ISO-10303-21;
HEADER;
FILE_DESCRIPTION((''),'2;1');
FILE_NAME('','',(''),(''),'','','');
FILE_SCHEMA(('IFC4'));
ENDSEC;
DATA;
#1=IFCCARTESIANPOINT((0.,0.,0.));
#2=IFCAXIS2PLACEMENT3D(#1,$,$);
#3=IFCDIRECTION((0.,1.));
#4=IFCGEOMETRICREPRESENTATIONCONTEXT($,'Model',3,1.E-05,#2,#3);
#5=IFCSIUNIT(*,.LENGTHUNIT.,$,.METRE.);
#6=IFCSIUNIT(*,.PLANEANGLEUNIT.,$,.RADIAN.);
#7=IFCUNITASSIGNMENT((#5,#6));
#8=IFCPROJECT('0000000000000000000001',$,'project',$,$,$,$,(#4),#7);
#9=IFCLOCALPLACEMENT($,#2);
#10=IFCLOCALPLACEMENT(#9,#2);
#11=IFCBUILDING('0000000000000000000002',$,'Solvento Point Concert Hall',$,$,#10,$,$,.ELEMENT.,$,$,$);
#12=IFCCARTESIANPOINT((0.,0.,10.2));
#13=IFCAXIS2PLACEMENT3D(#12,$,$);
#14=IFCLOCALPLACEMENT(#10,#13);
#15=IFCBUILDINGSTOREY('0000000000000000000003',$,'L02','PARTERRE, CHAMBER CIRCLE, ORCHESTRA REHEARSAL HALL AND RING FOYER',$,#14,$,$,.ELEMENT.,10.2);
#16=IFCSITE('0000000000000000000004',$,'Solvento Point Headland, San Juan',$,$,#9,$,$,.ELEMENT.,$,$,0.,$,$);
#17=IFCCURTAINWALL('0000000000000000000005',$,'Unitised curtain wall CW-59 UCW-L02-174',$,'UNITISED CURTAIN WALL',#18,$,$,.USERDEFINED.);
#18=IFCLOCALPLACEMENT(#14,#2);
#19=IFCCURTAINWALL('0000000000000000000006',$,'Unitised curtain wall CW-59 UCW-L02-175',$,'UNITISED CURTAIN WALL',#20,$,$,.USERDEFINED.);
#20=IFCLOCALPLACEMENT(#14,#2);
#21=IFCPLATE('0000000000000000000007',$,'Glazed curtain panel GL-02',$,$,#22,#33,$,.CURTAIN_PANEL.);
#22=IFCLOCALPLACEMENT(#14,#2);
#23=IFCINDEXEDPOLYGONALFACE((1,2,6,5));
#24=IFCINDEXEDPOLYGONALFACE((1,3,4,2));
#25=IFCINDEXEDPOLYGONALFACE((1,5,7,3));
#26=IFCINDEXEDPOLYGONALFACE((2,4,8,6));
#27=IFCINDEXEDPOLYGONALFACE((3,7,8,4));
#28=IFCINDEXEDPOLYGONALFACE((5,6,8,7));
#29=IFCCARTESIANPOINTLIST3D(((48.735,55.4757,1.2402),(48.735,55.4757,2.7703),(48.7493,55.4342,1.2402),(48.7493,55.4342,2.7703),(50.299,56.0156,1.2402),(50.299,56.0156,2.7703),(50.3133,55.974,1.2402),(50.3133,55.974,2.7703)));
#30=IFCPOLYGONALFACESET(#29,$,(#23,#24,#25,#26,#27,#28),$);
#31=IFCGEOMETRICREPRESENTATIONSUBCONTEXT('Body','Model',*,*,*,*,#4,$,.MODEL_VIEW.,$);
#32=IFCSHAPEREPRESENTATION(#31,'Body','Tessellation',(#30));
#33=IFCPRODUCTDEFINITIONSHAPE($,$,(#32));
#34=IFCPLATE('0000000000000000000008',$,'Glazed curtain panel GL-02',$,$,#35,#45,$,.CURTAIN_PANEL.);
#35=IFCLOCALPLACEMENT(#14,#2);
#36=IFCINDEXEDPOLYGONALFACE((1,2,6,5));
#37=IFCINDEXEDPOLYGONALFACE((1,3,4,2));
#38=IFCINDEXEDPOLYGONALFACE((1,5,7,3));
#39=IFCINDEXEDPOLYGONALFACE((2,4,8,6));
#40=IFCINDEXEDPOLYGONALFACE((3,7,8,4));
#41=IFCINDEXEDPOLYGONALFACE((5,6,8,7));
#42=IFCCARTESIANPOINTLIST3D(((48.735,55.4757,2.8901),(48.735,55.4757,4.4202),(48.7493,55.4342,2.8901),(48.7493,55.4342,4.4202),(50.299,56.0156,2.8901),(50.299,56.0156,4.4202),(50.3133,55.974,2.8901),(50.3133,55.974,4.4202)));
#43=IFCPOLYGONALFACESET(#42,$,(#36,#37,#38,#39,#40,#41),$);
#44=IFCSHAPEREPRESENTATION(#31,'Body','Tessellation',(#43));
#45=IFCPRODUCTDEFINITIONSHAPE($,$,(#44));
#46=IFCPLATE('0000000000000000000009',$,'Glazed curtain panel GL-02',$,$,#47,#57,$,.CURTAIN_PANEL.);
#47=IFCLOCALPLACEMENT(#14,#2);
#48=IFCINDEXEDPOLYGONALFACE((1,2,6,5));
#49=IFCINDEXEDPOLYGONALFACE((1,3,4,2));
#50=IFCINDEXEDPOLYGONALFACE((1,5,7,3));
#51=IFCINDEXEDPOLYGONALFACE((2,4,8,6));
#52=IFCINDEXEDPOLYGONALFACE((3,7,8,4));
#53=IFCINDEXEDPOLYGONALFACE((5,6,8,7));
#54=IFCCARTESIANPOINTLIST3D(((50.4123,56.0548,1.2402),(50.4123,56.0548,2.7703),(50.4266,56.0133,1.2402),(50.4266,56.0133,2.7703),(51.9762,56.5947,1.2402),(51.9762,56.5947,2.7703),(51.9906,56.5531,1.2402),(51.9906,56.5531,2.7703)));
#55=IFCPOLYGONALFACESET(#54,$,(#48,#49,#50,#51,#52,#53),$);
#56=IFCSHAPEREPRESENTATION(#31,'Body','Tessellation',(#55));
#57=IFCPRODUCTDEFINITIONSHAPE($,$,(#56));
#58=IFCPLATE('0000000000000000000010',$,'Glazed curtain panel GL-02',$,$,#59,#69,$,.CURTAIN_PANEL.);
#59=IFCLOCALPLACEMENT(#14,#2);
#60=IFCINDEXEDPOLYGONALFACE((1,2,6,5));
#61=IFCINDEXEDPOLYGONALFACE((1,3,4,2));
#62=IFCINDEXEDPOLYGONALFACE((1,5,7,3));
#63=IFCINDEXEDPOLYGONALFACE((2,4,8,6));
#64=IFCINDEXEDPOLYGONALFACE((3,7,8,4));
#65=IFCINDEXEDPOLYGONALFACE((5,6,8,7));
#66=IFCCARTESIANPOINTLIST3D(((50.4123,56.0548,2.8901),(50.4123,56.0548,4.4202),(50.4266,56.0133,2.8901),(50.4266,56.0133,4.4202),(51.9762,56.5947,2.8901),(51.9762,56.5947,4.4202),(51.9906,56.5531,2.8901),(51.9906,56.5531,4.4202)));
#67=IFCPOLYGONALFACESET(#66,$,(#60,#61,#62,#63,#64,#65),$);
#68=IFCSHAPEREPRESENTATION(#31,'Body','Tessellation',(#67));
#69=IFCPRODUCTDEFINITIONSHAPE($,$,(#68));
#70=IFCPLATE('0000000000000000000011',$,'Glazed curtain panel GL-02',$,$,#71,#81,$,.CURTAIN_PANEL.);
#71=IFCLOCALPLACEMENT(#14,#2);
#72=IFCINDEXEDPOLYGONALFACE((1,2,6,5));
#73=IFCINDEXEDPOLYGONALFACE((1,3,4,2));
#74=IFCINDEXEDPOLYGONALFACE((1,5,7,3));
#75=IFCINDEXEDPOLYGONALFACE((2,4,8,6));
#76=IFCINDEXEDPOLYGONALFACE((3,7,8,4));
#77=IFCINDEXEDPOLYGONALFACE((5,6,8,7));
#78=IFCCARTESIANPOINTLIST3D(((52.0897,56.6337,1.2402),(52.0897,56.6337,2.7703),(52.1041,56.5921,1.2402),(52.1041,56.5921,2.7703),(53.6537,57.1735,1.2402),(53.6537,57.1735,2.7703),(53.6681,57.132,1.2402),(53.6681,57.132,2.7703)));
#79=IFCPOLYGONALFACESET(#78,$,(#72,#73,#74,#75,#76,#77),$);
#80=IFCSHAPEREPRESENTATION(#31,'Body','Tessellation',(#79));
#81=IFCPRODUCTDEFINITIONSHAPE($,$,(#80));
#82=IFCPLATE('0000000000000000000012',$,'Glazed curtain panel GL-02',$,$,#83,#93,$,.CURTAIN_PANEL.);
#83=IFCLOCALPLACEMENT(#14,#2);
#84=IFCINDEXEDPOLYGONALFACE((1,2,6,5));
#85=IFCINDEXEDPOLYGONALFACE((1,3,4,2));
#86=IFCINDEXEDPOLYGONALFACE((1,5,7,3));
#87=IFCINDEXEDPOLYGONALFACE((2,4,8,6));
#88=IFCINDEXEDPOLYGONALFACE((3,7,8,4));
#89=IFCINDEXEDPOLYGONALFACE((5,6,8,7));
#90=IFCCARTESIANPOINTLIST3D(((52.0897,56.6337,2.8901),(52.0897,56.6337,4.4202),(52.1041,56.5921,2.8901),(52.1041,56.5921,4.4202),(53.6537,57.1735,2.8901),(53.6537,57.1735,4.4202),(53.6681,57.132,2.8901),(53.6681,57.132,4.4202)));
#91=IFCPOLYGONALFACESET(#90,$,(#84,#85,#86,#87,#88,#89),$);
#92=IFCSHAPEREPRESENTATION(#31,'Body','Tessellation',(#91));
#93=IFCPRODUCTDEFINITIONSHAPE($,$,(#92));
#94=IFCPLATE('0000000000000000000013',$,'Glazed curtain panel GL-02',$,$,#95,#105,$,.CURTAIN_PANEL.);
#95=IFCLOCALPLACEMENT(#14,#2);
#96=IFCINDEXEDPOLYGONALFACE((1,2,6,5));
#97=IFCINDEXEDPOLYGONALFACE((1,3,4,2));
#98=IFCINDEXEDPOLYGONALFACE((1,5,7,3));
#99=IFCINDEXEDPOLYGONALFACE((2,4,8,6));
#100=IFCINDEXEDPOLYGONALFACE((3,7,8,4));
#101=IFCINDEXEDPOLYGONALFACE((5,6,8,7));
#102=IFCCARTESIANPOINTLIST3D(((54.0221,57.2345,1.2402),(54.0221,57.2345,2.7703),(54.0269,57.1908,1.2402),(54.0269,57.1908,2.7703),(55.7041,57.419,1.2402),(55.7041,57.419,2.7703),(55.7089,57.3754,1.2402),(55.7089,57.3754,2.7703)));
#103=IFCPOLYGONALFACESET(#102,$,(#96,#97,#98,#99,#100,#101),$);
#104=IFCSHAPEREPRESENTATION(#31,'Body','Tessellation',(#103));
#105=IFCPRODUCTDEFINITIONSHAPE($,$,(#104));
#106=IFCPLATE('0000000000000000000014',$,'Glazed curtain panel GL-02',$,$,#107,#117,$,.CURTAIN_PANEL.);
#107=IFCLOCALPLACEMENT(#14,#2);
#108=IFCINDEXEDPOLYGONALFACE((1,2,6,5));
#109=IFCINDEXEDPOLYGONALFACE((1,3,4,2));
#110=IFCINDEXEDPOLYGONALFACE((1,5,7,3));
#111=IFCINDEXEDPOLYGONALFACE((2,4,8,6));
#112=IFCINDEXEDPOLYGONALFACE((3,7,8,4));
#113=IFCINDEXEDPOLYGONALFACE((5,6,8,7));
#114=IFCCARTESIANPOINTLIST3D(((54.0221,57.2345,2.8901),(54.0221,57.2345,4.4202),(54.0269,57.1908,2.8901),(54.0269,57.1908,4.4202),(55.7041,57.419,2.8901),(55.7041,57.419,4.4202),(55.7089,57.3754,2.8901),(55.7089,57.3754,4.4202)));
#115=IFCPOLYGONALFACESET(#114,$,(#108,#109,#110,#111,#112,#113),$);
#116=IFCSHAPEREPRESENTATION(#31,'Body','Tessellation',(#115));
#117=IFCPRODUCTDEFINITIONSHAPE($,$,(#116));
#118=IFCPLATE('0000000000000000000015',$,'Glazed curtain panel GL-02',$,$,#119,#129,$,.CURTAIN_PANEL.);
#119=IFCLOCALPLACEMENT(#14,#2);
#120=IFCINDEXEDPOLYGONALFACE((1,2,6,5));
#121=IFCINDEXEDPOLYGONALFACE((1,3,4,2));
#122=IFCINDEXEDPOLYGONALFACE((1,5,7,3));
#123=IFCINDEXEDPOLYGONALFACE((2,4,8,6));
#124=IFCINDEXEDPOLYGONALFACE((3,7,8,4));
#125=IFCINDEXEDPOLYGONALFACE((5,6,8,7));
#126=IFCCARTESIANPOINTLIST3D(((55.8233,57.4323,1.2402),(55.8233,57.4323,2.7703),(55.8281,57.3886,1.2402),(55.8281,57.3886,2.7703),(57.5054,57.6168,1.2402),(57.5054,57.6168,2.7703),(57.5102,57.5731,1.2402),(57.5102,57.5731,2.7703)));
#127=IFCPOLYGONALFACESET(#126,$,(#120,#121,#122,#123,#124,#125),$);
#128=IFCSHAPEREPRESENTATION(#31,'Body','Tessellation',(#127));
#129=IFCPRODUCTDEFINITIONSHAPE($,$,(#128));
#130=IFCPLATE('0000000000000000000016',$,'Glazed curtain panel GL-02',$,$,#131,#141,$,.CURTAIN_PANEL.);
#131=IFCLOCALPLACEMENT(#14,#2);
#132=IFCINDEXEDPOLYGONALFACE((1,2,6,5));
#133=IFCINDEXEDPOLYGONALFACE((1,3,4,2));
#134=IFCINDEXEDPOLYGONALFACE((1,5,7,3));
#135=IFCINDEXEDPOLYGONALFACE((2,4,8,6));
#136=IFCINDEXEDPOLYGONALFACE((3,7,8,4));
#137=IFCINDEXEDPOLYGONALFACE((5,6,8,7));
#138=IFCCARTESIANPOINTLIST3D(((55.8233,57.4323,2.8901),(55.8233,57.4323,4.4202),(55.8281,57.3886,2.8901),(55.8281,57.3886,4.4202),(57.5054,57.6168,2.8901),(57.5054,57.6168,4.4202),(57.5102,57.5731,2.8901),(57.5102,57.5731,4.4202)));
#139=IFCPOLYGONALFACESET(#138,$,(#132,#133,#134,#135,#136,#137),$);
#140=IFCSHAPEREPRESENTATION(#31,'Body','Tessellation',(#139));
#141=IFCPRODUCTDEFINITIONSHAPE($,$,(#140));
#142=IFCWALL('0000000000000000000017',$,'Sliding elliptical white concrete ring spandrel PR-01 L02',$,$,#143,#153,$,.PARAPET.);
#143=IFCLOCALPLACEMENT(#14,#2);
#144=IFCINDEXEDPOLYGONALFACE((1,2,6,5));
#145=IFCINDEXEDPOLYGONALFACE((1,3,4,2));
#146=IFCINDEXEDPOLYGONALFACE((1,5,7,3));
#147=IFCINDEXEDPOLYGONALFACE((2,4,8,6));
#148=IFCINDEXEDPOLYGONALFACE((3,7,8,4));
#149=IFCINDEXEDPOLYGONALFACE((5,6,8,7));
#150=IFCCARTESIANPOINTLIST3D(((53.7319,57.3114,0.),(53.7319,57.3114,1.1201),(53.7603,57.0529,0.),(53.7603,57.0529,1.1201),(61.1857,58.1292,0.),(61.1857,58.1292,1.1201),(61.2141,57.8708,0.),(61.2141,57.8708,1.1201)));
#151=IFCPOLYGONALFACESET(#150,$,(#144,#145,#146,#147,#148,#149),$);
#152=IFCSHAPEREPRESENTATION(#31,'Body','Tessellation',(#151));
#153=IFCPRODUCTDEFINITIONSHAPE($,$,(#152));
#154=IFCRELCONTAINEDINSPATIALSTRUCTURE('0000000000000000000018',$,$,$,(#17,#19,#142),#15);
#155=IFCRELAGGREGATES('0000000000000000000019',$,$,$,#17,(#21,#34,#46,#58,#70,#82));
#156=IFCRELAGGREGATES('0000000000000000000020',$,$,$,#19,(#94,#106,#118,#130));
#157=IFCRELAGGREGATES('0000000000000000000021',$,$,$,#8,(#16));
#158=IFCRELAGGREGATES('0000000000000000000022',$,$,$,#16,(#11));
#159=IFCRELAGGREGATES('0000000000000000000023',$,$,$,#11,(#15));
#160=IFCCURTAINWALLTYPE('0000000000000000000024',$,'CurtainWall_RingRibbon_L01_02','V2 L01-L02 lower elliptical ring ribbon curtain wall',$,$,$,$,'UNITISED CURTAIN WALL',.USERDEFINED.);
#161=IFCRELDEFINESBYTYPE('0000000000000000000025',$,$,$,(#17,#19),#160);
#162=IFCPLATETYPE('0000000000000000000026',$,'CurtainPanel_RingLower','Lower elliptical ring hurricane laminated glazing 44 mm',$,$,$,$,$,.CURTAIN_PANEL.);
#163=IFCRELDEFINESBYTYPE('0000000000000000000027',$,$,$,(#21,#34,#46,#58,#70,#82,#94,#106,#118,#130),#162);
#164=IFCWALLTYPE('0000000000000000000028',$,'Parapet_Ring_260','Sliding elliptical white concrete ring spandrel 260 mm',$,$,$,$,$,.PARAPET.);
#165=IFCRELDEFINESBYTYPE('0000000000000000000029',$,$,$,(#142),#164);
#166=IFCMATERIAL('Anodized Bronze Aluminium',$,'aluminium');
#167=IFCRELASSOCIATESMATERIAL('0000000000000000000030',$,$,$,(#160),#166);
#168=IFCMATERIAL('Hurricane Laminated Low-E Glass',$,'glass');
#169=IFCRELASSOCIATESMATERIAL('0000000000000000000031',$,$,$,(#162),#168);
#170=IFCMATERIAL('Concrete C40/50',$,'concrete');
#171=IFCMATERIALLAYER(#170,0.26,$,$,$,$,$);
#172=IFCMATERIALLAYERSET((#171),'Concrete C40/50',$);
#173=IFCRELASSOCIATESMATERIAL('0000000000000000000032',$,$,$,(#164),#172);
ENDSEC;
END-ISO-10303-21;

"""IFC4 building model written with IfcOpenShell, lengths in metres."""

from ifc_helpers import new_model, si_unit, direction, frame, frame_2d, origin, origin_2d, place, context, subcontext, project, spatial, rectangle, extrude, material, layer, layer_set, type_object, element, aggregate, save


model = new_model("IFC4")

# Units and contexts
model_context = context("Model", 3, precision=1e-05, world=origin(), true_north=direction((0.0, 1.0)))
body_context = subcontext(model_context, "Body", "Model", "MODEL_VIEW")
ifc_project = project(units=[si_unit("LENGTHUNIT", "METRE"), si_unit("PLANEANGLEUNIT", "RADIAN")], contexts=[model_context])

# Site, building, storey
site_placement = place(None, origin())
site = spatial("IfcSite", under=ifc_project, at=site_placement, Name="Solvento Point Headland, San Juan", CompositionType="ELEMENT", RefElevation=0.0)
building_placement = place(site_placement, origin())
building = spatial("IfcBuilding", under=site, at=building_placement, Name="Solvento Point Concert Hall", CompositionType="ELEMENT")
storey_placement = place(building_placement, frame((0.0, 0.0, 10.2)))
storey = spatial("IfcBuildingStorey", under=building, at=storey_placement, Name="L02", Description="PARTERRE, CHAMBER CIRCLE, ORCHESTRA REHEARSAL HALL AND RING FOYER", CompositionType="ELEMENT", Elevation=10.2)

# Curtain walls
ifc_material_1 = material(Name="Anodized Bronze Aluminium", Category="aluminium")
curtain_wall_type = type_object("IfcCurtainWallType", Name="CurtainWall_RingRibbon_L01_02", Description="V2 L01-L02 lower elliptical ring ribbon curtain wall", ElementType="UNITISED CURTAIN WALL", PredefinedType="USERDEFINED", material=ifc_material_1)
curtain_wall_1_placement = place(storey_placement, origin())
curtain_wall_1 = element("IfcCurtainWall", 1, at=curtain_wall_1_placement, inside=storey, type_object=curtain_wall_type, Name="Unitised curtain wall CW-59 UCW-L02-174", ObjectType="UNITISED CURTAIN WALL", PredefinedType="USERDEFINED")
curtain_wall_2_placement = place(storey_placement, origin())
curtain_wall_2 = element("IfcCurtainWall", 2, at=curtain_wall_2_placement, inside=storey, type_object=curtain_wall_type, Name="Unitised curtain wall CW-59 UCW-L02-175", ObjectType="UNITISED CURTAIN WALL", PredefinedType="USERDEFINED")

# Plates
ifc_material_2 = material(Name="Hurricane Laminated Low-E Glass", Category="glass")
plate_type = type_object("IfcPlateType", Name="CurtainPanel_RingLower", Description="Lower elliptical ring hurricane laminated glazing 44 mm", PredefinedType="CURTAIN_PANEL", material=ifc_material_2)
plate_1_placement = place(storey_placement, frame((49.5242, 55.7249, 1.2402), z_axis=(0.0, 0.0, 1.0), x_axis=(0.945271, 0.326286, 0.0)))
plate_1 = element("IfcPlate", 3, at=plate_1_placement, type_object=plate_type, Name="Glazed curtain panel GL-02", PredefinedType="CURTAIN_PANEL", context=body_context, shape_type="SweptSolid", body=[
    extrude(rectangle(XDim=1.6545, YDim=0.0439, at=origin_2d()), origin(), (0.0, 0.0, 1.0), 1.53),
])
plate_2_placement = place(storey_placement, frame((49.5242, 55.7249, 2.8901), z_axis=(0.0, 0.0, 1.0), x_axis=(0.945271, 0.326286, 0.0)))
plate_2 = element("IfcPlate", 4, at=plate_2_placement, type_object=plate_type, Name="Glazed curtain panel GL-02", PredefinedType="CURTAIN_PANEL", context=body_context, shape_type="SweptSolid", body=[
    extrude(rectangle(XDim=1.6545, YDim=0.0439, at=origin_2d()), origin(), (0.0, 0.0, 1.0), 1.53),
])
plate_3_placement = place(storey_placement, frame((51.2014, 56.304, 1.2402), z_axis=(0.0, 0.0, 1.0), x_axis=(0.945271, 0.326286, 0.0)))
plate_3 = element("IfcPlate", 5, at=plate_3_placement, type_object=plate_type, Name="Glazed curtain panel GL-02", PredefinedType="CURTAIN_PANEL", context=body_context, shape_type="SweptSolid", body=[
    extrude(rectangle(XDim=1.6545, YDim=0.0439, at=origin_2d()), origin(), (0.0, 0.0, 1.0), 1.53),
])
plate_4_placement = place(storey_placement, frame((51.2014, 56.304, 2.8901), z_axis=(0.0, 0.0, 1.0), x_axis=(0.945271, 0.326286, 0.0)))
plate_4 = element("IfcPlate", 6, at=plate_4_placement, type_object=plate_type, Name="Glazed curtain panel GL-02", PredefinedType="CURTAIN_PANEL", context=body_context, shape_type="SweptSolid", body=[
    extrude(rectangle(XDim=1.6545, YDim=0.0439, at=origin_2d()), origin(), (0.0, 0.0, 1.0), 1.53),
])
plate_5_placement = place(storey_placement, frame((52.8789, 56.8828, 1.2402), z_axis=(0.0, 0.0, 1.0), x_axis=(0.945271, 0.326286, 0.0)))
plate_5 = element("IfcPlate", 7, at=plate_5_placement, type_object=plate_type, Name="Glazed curtain panel GL-02", PredefinedType="CURTAIN_PANEL", context=body_context, shape_type="SweptSolid", body=[
    extrude(rectangle(XDim=1.6545, YDim=0.0439, at=origin_2d()), origin(), (0.0, 0.0, 1.0), 1.53),
])
plate_6_placement = place(storey_placement, frame((52.8789, 56.8828, 2.8901), z_axis=(0.0, 0.0, 1.0), x_axis=(0.945271, 0.326286, 0.0)))
plate_6 = element("IfcPlate", 8, at=plate_6_placement, type_object=plate_type, Name="Glazed curtain panel GL-02", PredefinedType="CURTAIN_PANEL", context=body_context, shape_type="SweptSolid", body=[
    extrude(rectangle(XDim=1.6545, YDim=0.0439, at=origin_2d()), origin(), (0.0, 0.0, 1.0), 1.53),
])
aggregate(curtain_wall_1, [plate_1, plate_2, plate_3, plate_4, plate_5, plate_6])
plate_7_placement = place(storey_placement, frame((54.8655, 57.3049, 1.2402), z_axis=(0.0, 0.0, 1.0), x_axis=(0.994035, 0.109058, 0.0)))
plate_7 = element("IfcPlate", 9, at=plate_7_placement, type_object=plate_type, Name="Glazed curtain panel GL-02", PredefinedType="CURTAIN_PANEL", context=body_context, shape_type="SweptSolid", body=[
    extrude(rectangle(XDim=1.6921, YDim=0.0439, at=origin_2d()), origin(), (0.0, 0.0, 1.0), 1.53),
])
plate_8_placement = place(storey_placement, frame((54.8655, 57.3049, 2.8901), z_axis=(0.0, 0.0, 1.0), x_axis=(0.994035, 0.109058, 0.0)))
plate_8 = element("IfcPlate", 10, at=plate_8_placement, type_object=plate_type, Name="Glazed curtain panel GL-02", PredefinedType="CURTAIN_PANEL", context=body_context, shape_type="SweptSolid", body=[
    extrude(rectangle(XDim=1.6921, YDim=0.0439, at=origin_2d()), origin(), (0.0, 0.0, 1.0), 1.53),
])
plate_9_placement = place(storey_placement, frame((56.6667, 57.5027, 1.2402), z_axis=(0.0, 0.0, 1.0), x_axis=(0.994035, 0.109058, 0.0)))
plate_9 = element("IfcPlate", 11, at=plate_9_placement, type_object=plate_type, Name="Glazed curtain panel GL-02", PredefinedType="CURTAIN_PANEL", context=body_context, shape_type="SweptSolid", body=[
    extrude(rectangle(XDim=1.6921, YDim=0.0439, at=origin_2d()), origin(), (0.0, 0.0, 1.0), 1.53),
])
plate_10_placement = place(storey_placement, frame((56.6667, 57.5027, 2.8901), z_axis=(0.0, 0.0, 1.0), x_axis=(0.994035, 0.109058, 0.0)))
plate_10 = element("IfcPlate", 12, at=plate_10_placement, type_object=plate_type, Name="Glazed curtain panel GL-02", PredefinedType="CURTAIN_PANEL", context=body_context, shape_type="SweptSolid", body=[
    extrude(rectangle(XDim=1.6921, YDim=0.0439, at=origin_2d()), origin(), (0.0, 0.0, 1.0), 1.53),
])
aggregate(curtain_wall_2, [plate_7, plate_8, plate_9, plate_10])

# Wall
ifc_material_3 = material(Name="Concrete C40/50", Category="concrete")
ifc_layer = layer(ifc_material_3, 0.26)
ifc_layer_set = layer_set([ifc_layer], Name="Concrete C40/50")
wall_type = type_object("IfcWallType", Name="Parapet_Ring_260", Description="Sliding elliptical white concrete ring spandrel 260 mm", PredefinedType="PARAPET", material=ifc_layer_set)
wall_placement = place(storey_placement, frame((53.7461, 57.1821, 0.0), z_axis=(0.0, 0.0, 1.0), x_axis=(0.994034, 0.10907, 0.0)))
element("IfcWall", 13, at=wall_placement, inside=storey, type_object=wall_type, Name="Sliding elliptical white concrete ring spandrel PR-01 L02", PredefinedType="PARAPET", context=body_context, shape_type="SweptSolid", body=[
    extrude(rectangle(XDim=7.4985, YDim=0.26, at=frame_2d((3.7493, 0.0))), origin(), (0.0, 0.0, 1.0), 1.1201),
])

save(model, "model.ifc")
